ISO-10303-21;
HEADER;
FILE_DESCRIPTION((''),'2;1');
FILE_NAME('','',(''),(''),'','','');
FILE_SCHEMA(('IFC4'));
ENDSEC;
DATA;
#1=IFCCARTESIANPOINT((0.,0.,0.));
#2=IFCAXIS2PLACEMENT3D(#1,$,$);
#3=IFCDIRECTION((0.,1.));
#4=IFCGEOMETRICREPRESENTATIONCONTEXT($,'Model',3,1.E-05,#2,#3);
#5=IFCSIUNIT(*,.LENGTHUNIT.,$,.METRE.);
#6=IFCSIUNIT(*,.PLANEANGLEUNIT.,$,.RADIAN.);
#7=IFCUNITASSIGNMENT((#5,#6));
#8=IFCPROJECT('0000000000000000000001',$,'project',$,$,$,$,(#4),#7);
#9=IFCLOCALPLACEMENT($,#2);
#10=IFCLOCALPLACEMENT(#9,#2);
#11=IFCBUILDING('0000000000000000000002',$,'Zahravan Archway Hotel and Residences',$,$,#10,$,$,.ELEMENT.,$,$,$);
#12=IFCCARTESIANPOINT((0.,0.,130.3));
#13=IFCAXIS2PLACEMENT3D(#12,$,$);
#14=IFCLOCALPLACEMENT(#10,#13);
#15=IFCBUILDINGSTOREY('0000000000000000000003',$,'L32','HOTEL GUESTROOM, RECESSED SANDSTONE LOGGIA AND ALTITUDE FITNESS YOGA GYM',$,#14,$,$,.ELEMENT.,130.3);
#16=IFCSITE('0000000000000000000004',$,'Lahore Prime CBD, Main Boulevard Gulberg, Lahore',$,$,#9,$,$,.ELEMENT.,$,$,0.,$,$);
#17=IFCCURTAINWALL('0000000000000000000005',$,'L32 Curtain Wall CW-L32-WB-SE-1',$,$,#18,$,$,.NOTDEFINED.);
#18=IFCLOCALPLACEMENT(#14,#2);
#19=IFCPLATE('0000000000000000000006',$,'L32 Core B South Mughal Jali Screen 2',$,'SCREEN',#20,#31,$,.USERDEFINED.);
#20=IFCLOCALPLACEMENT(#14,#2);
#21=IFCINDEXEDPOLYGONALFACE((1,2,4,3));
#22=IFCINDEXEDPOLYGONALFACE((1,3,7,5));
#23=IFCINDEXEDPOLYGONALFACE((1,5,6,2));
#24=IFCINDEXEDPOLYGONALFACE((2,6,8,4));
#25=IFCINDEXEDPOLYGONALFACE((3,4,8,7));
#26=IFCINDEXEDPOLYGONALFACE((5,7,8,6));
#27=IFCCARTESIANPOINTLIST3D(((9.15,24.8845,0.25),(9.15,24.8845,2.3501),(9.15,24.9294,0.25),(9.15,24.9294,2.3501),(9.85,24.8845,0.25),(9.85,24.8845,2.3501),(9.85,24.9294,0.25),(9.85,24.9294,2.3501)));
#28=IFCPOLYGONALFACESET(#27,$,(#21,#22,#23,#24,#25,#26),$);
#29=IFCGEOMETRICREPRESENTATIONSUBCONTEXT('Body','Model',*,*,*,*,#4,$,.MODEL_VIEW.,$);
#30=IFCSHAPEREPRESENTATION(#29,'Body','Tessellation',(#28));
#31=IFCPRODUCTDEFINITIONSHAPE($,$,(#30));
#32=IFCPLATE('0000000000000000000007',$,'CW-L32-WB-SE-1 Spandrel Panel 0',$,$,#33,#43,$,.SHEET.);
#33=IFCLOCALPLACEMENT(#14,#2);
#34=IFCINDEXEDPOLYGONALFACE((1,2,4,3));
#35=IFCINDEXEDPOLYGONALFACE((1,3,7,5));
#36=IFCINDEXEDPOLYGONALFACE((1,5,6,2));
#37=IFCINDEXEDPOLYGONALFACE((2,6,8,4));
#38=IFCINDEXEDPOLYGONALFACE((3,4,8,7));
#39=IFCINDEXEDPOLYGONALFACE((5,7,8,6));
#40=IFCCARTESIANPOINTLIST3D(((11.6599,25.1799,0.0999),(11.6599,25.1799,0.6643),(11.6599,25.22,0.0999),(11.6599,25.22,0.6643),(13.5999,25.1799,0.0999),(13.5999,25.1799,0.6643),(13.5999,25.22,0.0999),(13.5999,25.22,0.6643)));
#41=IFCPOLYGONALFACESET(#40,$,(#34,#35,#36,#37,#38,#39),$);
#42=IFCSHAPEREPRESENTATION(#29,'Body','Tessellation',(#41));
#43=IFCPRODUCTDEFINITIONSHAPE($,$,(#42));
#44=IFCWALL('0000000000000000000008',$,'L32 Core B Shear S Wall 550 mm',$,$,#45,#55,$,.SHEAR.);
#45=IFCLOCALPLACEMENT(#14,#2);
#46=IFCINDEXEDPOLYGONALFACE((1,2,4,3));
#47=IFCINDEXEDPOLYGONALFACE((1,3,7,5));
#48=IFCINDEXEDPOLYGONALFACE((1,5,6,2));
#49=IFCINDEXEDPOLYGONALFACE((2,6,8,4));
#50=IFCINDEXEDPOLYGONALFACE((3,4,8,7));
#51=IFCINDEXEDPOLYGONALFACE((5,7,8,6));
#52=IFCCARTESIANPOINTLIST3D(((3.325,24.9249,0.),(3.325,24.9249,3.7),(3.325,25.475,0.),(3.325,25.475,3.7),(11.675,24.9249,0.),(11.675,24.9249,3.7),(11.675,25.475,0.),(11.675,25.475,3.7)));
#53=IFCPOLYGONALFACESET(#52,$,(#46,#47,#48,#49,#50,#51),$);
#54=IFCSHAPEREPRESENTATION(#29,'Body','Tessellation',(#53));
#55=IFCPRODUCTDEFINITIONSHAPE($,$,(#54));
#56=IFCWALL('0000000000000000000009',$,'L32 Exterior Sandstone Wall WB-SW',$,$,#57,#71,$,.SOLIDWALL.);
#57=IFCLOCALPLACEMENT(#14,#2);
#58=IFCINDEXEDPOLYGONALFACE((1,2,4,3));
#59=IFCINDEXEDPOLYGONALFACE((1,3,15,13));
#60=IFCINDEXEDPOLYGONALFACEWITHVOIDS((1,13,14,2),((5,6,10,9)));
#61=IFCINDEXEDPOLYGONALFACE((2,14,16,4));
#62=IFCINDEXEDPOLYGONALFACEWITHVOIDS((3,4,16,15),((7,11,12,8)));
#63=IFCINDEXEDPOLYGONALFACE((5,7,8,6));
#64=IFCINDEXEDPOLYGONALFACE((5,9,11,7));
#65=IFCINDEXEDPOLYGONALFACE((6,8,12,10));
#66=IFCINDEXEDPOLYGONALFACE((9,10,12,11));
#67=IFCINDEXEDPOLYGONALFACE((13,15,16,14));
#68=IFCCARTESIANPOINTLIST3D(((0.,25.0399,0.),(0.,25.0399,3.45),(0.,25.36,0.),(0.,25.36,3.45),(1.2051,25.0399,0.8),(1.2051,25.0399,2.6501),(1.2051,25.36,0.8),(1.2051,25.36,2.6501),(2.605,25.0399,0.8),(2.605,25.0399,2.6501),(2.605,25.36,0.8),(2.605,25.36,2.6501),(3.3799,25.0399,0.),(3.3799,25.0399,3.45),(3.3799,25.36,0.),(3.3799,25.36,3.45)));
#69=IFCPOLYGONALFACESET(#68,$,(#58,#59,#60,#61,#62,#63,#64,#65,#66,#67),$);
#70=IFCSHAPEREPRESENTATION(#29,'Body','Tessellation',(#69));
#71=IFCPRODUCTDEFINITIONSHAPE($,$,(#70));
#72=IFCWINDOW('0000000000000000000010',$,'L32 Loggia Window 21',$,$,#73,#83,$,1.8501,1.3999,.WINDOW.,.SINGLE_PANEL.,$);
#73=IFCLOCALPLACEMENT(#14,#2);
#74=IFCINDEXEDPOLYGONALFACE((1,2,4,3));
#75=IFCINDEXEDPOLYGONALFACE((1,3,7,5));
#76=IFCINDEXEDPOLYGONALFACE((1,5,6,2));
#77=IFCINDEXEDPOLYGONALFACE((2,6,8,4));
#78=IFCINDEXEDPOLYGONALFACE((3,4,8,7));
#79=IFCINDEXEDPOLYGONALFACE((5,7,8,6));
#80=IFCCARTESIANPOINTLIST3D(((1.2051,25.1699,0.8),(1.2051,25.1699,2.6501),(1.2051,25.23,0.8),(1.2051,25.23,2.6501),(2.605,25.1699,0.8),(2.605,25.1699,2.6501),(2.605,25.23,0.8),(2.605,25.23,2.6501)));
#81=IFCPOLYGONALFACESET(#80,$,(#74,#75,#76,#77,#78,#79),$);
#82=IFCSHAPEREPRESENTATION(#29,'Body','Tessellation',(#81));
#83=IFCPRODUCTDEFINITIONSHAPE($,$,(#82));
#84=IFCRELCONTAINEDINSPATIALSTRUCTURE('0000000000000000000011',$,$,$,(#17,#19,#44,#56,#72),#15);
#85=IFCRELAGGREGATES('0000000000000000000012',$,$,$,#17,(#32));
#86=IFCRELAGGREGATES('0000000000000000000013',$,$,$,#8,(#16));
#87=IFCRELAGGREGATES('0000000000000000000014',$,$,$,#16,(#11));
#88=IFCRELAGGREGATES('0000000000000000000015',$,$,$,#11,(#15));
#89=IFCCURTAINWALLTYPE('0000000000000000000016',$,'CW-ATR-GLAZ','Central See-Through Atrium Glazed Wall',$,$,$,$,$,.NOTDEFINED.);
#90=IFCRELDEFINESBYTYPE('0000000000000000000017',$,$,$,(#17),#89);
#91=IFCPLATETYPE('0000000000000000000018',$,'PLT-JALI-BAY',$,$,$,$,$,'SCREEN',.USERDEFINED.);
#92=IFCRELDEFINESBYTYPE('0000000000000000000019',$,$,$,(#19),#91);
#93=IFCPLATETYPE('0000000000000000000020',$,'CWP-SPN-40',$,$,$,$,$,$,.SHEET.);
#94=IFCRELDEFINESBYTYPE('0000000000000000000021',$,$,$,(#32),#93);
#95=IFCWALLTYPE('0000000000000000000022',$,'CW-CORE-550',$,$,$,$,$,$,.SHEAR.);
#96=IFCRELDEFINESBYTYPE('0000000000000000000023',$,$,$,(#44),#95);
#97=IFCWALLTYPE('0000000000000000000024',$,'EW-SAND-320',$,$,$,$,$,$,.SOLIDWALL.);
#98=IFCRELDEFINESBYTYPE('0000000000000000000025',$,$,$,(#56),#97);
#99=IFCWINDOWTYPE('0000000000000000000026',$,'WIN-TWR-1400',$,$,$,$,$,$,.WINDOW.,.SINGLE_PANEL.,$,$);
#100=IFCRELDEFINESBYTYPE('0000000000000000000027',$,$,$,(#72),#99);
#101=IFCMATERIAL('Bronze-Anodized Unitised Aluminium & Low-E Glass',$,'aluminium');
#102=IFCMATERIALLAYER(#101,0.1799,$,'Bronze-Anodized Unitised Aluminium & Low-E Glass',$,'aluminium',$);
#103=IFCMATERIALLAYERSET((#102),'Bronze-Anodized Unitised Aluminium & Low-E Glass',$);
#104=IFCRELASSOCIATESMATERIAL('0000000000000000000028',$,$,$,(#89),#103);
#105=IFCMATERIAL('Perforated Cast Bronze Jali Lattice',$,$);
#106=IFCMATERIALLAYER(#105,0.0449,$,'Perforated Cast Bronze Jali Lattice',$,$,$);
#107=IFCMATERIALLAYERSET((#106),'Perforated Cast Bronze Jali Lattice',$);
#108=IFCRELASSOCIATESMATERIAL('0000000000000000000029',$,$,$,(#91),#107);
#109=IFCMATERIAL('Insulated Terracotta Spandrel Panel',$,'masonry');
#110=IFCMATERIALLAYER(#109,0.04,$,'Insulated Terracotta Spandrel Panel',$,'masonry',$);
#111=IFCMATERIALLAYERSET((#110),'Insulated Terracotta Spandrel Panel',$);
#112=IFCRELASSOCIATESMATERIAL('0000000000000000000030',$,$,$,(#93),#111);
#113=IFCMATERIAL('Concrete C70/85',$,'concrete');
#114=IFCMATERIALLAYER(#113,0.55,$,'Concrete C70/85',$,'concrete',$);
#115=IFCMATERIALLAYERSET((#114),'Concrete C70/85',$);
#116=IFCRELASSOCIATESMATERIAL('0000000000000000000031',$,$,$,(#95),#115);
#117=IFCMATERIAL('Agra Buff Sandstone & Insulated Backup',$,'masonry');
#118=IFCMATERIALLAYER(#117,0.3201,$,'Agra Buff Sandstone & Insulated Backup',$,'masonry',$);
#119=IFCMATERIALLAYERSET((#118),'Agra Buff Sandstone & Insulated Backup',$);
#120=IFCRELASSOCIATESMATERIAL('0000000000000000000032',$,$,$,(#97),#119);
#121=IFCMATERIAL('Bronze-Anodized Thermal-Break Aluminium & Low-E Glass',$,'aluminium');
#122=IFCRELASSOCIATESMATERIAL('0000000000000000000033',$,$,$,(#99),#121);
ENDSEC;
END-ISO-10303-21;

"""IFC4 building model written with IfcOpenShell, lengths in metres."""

from ifc_helpers import new_model, si_unit, direction, frame, frame_2d, origin, origin_2d, place, context, subcontext, project, spatial, rectangle, extrude, source, transform, mapped, material, layer, layer_set, type_object, type_shapes, element, fill, aggregate, save


model = new_model("IFC4")

# Units and contexts
model_context = context("Model", 3, precision=1e-05, world=origin(), true_north=direction((0.0, 1.0)))
body_context = subcontext(model_context, "Body", "Model", "MODEL_VIEW")
ifc_project = project(units=[si_unit("LENGTHUNIT", "METRE"), si_unit("PLANEANGLEUNIT", "RADIAN")], contexts=[model_context])

# Site, building, storey
site_placement = place(None, origin())
site = spatial("IfcSite", under=ifc_project, at=site_placement, Name="Lahore Prime CBD, Main Boulevard Gulberg, Lahore", CompositionType="ELEMENT", RefElevation=0.0)
building_placement = place(site_placement, origin())
building = spatial("IfcBuilding", under=site, at=building_placement, Name="Zahravan Archway Hotel and Residences", CompositionType="ELEMENT")
storey_placement = place(building_placement, frame((0.0, 0.0, 130.3)))
storey = spatial("IfcBuildingStorey", under=building, at=storey_placement, Name="L32", Description="HOTEL GUESTROOM, RECESSED SANDSTONE LOGGIA AND ALTITUDE FITNESS YOGA GYM", CompositionType="ELEMENT", Elevation=130.3)

# Curtain wall
ifc_material_1 = material(Name="Bronze-Anodized Unitised Aluminium & Low-E Glass", Category="aluminium")
ifc_layer_1 = layer(ifc_material_1, 0.1799, Name="Bronze-Anodized Unitised Aluminium & Low-E Glass", Category="aluminium")
ifc_layer_set_1 = layer_set([ifc_layer_1], Name="Bronze-Anodized Unitised Aluminium & Low-E Glass")
curtain_wall_type = type_object("IfcCurtainWallType", Name="CW-ATR-GLAZ", Description="Central See-Through Atrium Glazed Wall", PredefinedType="NOTDEFINED", material=ifc_layer_set_1)
curtain_wall_placement = place(storey_placement, origin())
curtain_wall = element("IfcCurtainWall", 1, at=curtain_wall_placement, inside=storey, type_object=curtain_wall_type, Name="L32 Curtain Wall CW-L32-WB-SE-1", PredefinedType="NOTDEFINED")

# Plate
ifc_material_2 = material(Name="Perforated Cast Bronze Jali Lattice")
ifc_layer_2 = layer(ifc_material_2, 0.0449, Name="Perforated Cast Bronze Jali Lattice")
ifc_layer_set_2 = layer_set([ifc_layer_2], Name="Perforated Cast Bronze Jali Lattice")
plate_type_1 = type_object("IfcPlateType", Name="PLT-JALI-BAY", ElementType="SCREEN", PredefinedType="USERDEFINED", material=ifc_layer_set_2)
shared_shape_1 = source(origin(), body_context, "Body", "SweptSolid", [
    extrude(rectangle(XDim=0.7, YDim=0.0449, at=origin_2d()), origin(), (0.0, 0.0, 1.0), 2.1001),
])
type_shapes(plate_type_1, [shared_shape_1])
for number, where, z_axis, x_axis, name in (
    (2, (9.5, 24.907, 0.25), (0.0, 0.0, 1.0), (1.0, 0.0, 0.0), "L32 Core B South Mughal Jali Screen 2"),
):
    element("IfcPlate", number, at=place(storey_placement, frame(where, z_axis=z_axis, x_axis=x_axis)), inside=storey, type_object=plate_type_1, Name=name, ObjectType="SCREEN", PredefinedType="USERDEFINED", context=body_context, shape_type="MappedRepresentation", body=[
        mapped(shared_shape_1, transform((0.0, 0.0, 0.0), scale=1.0)),
    ])

# Plate
ifc_material_3 = material(Name="Insulated Terracotta Spandrel Panel", Category="masonry")
ifc_layer_3 = layer(ifc_material_3, 0.04, Name="Insulated Terracotta Spandrel Panel", Category="masonry")
ifc_layer_set_3 = layer_set([ifc_layer_3], Name="Insulated Terracotta Spandrel Panel")
plate_type_2 = type_object("IfcPlateType", Name="CWP-SPN-40", PredefinedType="SHEET", material=ifc_layer_set_3)
shared_shape_2 = source(origin(), body_context, "Body", "SweptSolid", [
    extrude(rectangle(XDim=1.9399, YDim=0.04, at=origin_2d()), origin(), (0.0, 0.0, 1.0), 0.5645),
])
plate_placement = place(storey_placement, frame((12.6299, 25.2, 0.0999), z_axis=(0.0, 0.0, 1.0), x_axis=(1.0, 0.0, 0.0)))
plate = element("IfcPlate", 3, at=plate_placement, type_object=plate_type_2, Name="CW-L32-WB-SE-1 Spandrel Panel 0", PredefinedType="SHEET", context=body_context, shape_type="MappedRepresentation", body=[
    mapped(shared_shape_2, transform((0.0, 0.0, 0.0), scale=1.0)),
])
aggregate(curtain_wall, [plate])

# Wall
ifc_material_4 = material(Name="Concrete C70/85", Category="concrete")
ifc_layer_4 = layer(ifc_material_4, 0.55, Name="Concrete C70/85", Category="concrete")
ifc_layer_set_4 = layer_set([ifc_layer_4], Name="Concrete C70/85")
wall_type_1 = type_object("IfcWallType", Name="CW-CORE-550", PredefinedType="SHEAR", material=ifc_layer_set_4)
wall_1_placement = place(storey_placement, frame((3.325, 25.2, 0.0), z_axis=(0.0, 0.0, 1.0), x_axis=(1.0, 0.0, 0.0)))
element("IfcWall", 4, at=wall_1_placement, inside=storey, type_object=wall_type_1, Name="L32 Core B Shear S Wall 550 mm", PredefinedType="SHEAR", context=body_context, shape_type="SweptSolid", body=[
    extrude(rectangle(XDim=8.3501, YDim=0.55, at=frame_2d((4.175, 0.0))), origin(), (0.0, 0.0, 1.0), 3.7),
])

# Wall, opening, window
ifc_material_5 = material(Name="Agra Buff Sandstone & Insulated Backup", Category="masonry")
ifc_layer_5 = layer(ifc_material_5, 0.3201, Name="Agra Buff Sandstone & Insulated Backup", Category="masonry")
ifc_layer_set_5 = layer_set([ifc_layer_5], Name="Agra Buff Sandstone & Insulated Backup")
wall_type_2 = type_object("IfcWallType", Name="EW-SAND-320", PredefinedType="SOLIDWALL", material=ifc_layer_set_5)
wall_2_placement = place(storey_placement, frame((0.0, 25.2, 0.0), z_axis=(0.0, 0.0, 1.0), x_axis=(1.0, 0.0, 0.0)))
wall_2 = element("IfcWall", 5, at=wall_2_placement, inside=storey, type_object=wall_type_2, Name="L32 Exterior Sandstone Wall WB-SW", PredefinedType="SOLIDWALL", context=body_context, shape_type="SweptSolid", body=[
    extrude(rectangle(XDim=3.3799, YDim=0.3201, at=frame_2d((1.6899, 0.0))), origin(), (0.0, 0.0, 1.0), 3.45),
])
opening_1_placement = place(wall_2_placement, frame((1.2051, 0.0, 0.8)))
opening_1 = element("IfcOpeningElement", 6, at=opening_1_placement, cuts=wall_2, PredefinedType="OPENING", context=body_context, shape_type="SweptSolid", body=[
    extrude(rectangle(XDim=1.3999, YDim=1.8501, at=frame_2d((0.7, 0.925))), frame((0.0, 0.1699, 0.0), z_axis=(0.0, -1.0, 0.0), x_axis=(1.0, 0.0, 0.0)), (0.0, 0.0, 1.0), 0.3401),
])
ifc_material_6 = material(Name="Bronze-Anodized Thermal-Break Aluminium & Low-E Glass", Category="aluminium")
window_type_1 = type_object("IfcWindowType", Name="WIN-TWR-1400", PartitioningType="SINGLE_PANEL", PredefinedType="WINDOW", material=ifc_material_6)
shared_shape_3 = source(origin(), body_context, "Body", "SweptSolid", [
    extrude(rectangle(XDim=1.3999, YDim=1.8501, at=frame_2d((0.7, 0.925))), frame((0.0, 0.03, 0.0), z_axis=(0.0, -1.0, 0.0), x_axis=(1.0, 0.0, 0.0)), (0.0, 0.0, 1.0), 0.0601),
])
type_shapes(window_type_1, [shared_shape_3])
window_1_placement = place(opening_1_placement, origin())
window_1 = element("IfcWindow", 7, at=window_1_placement, inside=storey, type_object=window_type_1, Name="L32 Loggia Window 21", OverallHeight=1.8501, OverallWidth=1.3999, PartitioningType="SINGLE_PANEL", PredefinedType="WINDOW", context=body_context, shape_type="MappedRepresentation", body=[
    mapped(shared_shape_3, transform((0.0, 0.0, 0.0), scale=1.0)),
])
fill(opening_1, window_1)

save(model, "model.ifc")
